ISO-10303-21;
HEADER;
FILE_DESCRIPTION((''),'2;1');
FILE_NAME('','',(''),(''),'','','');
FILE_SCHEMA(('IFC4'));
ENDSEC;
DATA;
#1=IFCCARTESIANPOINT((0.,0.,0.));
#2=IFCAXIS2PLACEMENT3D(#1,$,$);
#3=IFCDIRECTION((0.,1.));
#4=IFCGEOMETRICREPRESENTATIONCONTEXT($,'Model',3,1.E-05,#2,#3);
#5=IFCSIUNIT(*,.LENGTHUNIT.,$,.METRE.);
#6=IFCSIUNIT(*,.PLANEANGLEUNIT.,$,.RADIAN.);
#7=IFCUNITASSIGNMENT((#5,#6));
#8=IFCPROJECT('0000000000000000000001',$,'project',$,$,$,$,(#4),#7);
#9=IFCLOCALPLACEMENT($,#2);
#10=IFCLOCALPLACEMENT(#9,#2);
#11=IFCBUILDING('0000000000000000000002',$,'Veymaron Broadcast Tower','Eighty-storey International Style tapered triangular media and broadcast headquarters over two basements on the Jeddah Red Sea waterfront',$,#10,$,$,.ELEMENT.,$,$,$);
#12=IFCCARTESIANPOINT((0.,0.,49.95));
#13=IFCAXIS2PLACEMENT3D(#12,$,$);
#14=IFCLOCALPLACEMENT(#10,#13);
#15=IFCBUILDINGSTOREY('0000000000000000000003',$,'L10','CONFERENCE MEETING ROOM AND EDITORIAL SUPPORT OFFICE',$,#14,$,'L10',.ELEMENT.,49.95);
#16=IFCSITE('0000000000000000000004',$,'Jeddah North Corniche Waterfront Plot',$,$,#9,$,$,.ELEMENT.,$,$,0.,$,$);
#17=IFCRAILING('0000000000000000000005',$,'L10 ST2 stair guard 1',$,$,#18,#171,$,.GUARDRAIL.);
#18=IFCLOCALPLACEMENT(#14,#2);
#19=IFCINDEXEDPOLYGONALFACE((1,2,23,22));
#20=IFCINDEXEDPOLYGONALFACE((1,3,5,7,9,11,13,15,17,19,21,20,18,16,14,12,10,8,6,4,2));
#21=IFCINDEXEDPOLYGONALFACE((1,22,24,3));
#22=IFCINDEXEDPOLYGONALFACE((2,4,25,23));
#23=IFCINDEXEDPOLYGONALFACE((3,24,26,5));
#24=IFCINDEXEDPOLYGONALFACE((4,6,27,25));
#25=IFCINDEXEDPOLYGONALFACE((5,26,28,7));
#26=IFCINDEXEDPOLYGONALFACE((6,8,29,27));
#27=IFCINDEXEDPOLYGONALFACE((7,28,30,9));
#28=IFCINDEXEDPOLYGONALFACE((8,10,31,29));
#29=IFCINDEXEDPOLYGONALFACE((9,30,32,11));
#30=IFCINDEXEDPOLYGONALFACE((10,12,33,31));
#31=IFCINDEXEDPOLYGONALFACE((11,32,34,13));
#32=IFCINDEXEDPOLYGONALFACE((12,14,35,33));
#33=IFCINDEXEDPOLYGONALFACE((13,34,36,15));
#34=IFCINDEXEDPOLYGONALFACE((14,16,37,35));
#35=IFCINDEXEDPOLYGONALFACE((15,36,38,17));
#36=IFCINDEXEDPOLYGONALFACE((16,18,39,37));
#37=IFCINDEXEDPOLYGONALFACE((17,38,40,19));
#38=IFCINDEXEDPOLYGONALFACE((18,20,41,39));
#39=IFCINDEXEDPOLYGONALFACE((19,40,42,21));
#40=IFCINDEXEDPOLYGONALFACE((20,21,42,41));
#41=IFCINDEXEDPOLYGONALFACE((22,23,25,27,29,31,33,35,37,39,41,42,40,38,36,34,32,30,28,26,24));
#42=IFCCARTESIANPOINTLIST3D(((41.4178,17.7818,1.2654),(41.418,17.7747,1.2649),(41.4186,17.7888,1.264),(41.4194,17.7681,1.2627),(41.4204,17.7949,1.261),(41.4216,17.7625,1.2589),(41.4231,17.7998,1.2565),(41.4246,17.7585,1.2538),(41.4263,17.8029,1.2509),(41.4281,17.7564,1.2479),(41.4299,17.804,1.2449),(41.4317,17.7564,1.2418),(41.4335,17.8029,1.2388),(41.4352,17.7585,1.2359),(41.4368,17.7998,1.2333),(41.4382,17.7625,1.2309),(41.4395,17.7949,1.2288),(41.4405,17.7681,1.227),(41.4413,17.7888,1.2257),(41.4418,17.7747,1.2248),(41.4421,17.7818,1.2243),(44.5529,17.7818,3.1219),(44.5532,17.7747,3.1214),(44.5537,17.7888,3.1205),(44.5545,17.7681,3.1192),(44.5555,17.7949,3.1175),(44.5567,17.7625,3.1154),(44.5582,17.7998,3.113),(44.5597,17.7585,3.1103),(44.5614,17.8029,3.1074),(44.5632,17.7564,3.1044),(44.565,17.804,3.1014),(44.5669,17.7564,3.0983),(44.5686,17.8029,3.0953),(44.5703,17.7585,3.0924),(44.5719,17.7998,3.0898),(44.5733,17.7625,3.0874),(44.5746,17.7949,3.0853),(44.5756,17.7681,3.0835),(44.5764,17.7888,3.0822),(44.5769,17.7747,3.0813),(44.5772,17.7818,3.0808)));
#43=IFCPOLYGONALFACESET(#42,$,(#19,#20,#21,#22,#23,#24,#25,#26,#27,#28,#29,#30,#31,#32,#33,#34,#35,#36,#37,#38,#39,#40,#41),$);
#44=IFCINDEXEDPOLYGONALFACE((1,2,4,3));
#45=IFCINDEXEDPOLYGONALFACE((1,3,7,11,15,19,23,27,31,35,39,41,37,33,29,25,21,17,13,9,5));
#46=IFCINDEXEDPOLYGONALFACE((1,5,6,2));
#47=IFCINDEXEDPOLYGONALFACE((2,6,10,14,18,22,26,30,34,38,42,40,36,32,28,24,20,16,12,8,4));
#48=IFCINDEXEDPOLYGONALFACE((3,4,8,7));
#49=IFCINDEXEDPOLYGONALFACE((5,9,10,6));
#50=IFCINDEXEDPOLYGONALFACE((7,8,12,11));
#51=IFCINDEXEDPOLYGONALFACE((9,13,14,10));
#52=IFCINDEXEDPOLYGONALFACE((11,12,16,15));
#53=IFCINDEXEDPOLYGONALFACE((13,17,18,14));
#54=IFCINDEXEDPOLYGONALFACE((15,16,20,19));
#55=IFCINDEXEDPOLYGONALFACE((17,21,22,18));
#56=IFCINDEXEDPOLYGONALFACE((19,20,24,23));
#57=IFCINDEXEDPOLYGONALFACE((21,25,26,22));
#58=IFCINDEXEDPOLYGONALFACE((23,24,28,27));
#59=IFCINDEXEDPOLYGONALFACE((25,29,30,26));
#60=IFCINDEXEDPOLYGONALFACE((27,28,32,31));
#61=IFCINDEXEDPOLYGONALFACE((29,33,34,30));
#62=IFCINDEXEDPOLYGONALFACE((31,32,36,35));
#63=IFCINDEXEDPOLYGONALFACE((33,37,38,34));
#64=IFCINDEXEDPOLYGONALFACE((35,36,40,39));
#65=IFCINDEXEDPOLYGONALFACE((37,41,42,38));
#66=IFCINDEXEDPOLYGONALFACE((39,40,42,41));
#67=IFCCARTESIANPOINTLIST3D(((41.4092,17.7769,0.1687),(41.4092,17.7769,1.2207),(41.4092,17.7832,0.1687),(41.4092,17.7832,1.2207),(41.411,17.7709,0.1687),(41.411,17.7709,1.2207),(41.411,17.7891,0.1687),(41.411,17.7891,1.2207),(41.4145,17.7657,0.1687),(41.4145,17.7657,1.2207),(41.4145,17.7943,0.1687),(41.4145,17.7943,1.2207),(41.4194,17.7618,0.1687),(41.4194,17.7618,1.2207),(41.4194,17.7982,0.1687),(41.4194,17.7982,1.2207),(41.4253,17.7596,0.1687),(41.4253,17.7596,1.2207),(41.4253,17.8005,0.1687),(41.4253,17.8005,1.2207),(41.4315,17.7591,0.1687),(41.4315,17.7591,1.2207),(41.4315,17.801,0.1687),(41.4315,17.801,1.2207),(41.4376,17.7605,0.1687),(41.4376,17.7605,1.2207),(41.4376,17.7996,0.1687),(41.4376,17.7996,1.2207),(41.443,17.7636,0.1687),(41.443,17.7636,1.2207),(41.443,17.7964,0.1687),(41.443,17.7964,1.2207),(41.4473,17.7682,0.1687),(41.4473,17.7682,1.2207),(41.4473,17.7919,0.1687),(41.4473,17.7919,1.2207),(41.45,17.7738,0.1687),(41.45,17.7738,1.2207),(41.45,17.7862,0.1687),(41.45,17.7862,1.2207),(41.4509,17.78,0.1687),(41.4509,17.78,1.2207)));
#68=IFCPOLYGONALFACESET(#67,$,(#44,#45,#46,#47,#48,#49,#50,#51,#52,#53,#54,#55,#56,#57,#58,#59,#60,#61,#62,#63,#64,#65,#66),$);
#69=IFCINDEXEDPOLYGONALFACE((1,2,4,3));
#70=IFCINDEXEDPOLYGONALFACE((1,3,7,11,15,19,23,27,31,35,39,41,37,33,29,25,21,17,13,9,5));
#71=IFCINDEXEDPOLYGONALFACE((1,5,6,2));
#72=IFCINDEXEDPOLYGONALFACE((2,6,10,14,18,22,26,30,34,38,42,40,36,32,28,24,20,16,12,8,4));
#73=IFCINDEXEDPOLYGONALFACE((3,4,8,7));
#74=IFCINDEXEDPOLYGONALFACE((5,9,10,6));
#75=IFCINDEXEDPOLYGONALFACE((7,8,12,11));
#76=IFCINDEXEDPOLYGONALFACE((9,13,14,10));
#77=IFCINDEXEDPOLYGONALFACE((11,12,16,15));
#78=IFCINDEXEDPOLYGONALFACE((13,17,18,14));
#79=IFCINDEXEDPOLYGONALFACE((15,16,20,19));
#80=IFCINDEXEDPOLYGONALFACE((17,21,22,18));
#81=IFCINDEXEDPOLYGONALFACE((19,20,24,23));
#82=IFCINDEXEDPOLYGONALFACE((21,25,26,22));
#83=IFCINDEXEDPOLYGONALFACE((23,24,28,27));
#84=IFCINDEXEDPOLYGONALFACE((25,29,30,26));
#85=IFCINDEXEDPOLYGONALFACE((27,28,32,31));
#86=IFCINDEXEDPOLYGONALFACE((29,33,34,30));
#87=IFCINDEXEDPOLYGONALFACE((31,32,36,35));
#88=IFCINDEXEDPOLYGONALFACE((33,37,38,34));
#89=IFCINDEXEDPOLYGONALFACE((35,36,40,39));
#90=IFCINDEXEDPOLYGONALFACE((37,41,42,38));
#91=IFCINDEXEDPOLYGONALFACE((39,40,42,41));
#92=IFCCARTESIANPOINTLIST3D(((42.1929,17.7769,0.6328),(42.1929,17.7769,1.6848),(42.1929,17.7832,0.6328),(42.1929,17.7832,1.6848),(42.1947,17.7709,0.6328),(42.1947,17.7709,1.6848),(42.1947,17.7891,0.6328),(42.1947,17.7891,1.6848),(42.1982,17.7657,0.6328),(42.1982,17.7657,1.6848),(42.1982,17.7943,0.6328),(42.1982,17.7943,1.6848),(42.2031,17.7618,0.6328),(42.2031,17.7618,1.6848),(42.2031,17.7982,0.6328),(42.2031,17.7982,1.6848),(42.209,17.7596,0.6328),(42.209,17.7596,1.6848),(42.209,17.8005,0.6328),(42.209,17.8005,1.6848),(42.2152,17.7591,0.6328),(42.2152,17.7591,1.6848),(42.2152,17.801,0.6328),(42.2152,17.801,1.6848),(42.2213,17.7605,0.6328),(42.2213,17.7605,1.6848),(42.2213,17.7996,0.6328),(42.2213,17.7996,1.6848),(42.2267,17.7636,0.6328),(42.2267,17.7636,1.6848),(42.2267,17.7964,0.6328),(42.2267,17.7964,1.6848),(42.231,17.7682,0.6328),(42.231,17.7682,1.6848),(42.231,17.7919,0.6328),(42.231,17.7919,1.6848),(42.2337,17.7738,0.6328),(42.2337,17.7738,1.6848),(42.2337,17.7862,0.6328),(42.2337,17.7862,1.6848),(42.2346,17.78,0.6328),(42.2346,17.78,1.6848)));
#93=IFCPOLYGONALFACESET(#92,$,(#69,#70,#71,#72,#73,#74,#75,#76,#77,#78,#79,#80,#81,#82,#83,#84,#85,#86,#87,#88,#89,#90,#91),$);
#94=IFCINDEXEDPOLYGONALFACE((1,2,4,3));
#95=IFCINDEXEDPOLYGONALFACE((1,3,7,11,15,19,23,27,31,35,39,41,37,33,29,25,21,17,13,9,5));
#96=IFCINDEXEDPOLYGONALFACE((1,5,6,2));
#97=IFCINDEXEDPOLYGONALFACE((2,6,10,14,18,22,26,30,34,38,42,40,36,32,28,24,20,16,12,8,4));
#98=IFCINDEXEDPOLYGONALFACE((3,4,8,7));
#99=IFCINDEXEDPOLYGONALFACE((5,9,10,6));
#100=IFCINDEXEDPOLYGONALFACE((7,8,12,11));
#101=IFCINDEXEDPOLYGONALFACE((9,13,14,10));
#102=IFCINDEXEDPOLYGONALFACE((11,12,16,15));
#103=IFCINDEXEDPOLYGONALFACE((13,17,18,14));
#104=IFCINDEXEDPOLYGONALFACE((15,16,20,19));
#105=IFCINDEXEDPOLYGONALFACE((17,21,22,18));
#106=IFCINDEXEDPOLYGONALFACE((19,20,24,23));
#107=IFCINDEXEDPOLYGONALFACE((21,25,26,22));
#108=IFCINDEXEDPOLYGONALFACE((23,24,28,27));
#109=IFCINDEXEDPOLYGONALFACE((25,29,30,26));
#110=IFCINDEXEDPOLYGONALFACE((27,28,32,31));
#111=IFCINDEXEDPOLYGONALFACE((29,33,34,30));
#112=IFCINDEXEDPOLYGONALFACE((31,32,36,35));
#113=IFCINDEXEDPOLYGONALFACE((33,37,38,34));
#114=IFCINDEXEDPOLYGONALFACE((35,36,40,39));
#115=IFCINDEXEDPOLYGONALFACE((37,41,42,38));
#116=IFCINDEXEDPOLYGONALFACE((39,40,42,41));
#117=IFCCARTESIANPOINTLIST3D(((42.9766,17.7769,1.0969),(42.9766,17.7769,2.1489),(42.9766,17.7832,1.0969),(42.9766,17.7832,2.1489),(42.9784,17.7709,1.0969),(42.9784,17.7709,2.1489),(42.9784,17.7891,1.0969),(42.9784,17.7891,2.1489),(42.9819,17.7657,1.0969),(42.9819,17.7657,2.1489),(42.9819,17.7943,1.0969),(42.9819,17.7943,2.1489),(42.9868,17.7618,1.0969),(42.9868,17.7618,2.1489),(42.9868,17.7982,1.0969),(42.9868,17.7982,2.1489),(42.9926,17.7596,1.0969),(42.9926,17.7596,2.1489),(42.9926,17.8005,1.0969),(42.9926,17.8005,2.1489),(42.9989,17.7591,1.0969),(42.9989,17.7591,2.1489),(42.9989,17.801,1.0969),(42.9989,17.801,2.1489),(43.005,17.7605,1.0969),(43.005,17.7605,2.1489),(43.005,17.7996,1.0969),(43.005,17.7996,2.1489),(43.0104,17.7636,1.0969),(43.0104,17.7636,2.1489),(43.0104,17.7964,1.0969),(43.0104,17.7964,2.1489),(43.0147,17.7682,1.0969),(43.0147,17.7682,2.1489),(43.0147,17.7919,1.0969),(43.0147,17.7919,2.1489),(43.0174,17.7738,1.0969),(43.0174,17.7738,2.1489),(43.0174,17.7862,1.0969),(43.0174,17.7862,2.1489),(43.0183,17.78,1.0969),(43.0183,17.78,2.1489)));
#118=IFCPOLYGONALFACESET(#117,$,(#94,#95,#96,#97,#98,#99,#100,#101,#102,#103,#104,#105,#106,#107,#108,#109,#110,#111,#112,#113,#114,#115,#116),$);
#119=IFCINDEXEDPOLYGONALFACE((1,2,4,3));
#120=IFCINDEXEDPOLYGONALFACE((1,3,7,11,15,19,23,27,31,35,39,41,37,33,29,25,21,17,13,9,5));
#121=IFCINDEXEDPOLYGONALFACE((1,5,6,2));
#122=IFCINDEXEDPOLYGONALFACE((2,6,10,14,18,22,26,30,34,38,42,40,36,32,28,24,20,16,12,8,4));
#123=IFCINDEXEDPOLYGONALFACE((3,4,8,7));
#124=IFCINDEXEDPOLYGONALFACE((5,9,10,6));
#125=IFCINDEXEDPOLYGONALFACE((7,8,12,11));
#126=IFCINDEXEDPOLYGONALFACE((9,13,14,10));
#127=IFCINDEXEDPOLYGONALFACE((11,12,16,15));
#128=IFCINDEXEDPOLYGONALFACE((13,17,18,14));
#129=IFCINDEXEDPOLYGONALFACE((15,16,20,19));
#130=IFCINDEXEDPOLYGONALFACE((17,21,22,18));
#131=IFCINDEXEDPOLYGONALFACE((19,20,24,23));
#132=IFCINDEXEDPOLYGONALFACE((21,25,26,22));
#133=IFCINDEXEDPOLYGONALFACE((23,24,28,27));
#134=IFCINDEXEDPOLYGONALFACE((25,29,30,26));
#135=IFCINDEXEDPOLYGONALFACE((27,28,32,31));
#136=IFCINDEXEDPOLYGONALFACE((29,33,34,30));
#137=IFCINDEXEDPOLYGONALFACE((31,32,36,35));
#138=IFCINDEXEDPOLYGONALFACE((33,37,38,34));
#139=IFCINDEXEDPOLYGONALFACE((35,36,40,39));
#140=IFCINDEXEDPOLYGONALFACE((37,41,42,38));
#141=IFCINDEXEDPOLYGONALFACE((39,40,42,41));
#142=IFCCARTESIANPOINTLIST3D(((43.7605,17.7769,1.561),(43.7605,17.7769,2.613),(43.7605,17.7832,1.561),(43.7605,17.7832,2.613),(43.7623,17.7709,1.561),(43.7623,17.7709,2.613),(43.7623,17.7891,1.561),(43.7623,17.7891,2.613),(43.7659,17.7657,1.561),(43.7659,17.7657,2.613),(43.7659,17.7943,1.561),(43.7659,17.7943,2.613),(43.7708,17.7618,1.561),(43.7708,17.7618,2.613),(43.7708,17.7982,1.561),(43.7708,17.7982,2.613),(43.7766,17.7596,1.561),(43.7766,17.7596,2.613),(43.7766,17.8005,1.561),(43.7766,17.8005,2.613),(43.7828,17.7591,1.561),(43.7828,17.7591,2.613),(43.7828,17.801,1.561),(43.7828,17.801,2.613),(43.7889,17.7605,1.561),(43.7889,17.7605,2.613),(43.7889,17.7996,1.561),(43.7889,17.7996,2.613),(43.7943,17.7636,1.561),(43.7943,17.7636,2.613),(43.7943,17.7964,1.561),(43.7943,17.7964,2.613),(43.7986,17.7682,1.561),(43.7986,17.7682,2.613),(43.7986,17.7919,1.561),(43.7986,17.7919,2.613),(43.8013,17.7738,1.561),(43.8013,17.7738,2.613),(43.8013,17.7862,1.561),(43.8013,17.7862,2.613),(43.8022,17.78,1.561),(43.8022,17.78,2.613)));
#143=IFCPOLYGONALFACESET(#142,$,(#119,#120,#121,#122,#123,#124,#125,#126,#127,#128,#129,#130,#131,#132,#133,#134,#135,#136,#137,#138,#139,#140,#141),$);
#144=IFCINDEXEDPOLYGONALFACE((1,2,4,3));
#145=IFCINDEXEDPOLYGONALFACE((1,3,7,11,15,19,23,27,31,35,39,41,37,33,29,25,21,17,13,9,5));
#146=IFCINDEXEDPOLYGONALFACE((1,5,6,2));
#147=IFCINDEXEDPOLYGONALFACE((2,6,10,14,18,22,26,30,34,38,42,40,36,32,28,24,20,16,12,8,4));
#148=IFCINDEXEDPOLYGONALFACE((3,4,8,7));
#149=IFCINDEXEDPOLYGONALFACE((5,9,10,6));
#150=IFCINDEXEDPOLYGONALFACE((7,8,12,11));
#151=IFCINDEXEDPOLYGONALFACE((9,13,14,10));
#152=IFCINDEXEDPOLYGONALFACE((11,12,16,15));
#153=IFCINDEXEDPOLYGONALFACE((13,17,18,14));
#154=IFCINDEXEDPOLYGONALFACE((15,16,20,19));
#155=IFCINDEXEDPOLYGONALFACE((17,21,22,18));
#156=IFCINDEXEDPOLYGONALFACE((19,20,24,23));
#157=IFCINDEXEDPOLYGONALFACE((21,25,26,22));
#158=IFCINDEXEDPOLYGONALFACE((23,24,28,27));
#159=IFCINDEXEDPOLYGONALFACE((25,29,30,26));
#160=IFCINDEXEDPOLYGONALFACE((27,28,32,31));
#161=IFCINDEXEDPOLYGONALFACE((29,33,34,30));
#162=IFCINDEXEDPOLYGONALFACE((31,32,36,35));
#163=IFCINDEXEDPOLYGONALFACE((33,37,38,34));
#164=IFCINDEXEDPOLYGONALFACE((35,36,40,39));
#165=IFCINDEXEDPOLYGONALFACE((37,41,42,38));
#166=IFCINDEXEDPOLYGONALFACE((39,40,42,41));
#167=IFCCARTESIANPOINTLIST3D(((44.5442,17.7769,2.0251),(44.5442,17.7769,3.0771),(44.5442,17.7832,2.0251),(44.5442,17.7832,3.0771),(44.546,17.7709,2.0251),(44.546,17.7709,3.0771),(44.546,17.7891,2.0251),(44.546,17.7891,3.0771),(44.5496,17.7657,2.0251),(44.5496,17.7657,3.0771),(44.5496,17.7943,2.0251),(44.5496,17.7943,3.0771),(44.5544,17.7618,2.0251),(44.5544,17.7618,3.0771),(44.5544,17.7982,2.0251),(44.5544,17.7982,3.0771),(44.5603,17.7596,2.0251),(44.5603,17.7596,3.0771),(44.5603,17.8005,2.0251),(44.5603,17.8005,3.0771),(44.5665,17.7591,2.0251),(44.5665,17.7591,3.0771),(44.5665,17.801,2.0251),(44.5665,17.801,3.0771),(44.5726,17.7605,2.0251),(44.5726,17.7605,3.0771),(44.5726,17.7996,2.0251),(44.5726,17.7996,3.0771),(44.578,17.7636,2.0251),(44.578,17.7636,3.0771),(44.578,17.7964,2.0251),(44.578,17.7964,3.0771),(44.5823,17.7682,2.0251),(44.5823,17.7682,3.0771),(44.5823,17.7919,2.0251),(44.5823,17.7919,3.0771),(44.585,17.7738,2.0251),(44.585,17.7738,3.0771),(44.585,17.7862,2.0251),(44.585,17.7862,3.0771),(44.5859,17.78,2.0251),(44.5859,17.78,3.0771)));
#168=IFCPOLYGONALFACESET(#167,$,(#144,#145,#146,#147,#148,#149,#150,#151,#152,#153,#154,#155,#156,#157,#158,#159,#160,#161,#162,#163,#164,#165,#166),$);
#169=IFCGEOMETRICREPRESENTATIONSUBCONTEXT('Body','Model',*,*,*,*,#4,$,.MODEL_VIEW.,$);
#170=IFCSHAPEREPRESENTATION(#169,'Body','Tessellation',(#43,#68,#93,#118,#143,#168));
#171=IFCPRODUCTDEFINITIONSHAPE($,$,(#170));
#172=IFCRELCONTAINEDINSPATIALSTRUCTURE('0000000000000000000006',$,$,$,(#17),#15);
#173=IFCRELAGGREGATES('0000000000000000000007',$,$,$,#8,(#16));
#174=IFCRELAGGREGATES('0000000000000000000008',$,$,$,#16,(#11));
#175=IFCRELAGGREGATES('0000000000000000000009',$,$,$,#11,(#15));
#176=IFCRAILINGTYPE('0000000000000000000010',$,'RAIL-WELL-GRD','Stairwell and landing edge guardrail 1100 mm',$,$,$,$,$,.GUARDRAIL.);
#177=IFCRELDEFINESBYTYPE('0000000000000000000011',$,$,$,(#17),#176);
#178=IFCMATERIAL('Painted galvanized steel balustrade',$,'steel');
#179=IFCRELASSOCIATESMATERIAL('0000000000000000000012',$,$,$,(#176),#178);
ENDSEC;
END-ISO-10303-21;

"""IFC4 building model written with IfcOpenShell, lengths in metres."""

from ifc_helpers import new_model, si_unit, direction, frame, origin, origin_2d, place, context, subcontext, project, spatial, circle, extrude, material, type_object, element, save


model = new_model("IFC4")

# Units and contexts
model_context = context("Model", 3, precision=1e-05, world=origin(), true_north=direction((0.0, 1.0)))
body_context = subcontext(model_context, "Body", "Model", "MODEL_VIEW")
ifc_project = project(units=[si_unit("LENGTHUNIT", "METRE"), si_unit("PLANEANGLEUNIT", "RADIAN")], contexts=[model_context])

# Site, building, storey
site_placement = place(None, origin())
site = spatial("IfcSite", under=ifc_project, at=site_placement, Name="Jeddah North Corniche Waterfront Plot", CompositionType="ELEMENT", RefElevation=0.0)
building_placement = place(site_placement, origin())
building = spatial("IfcBuilding", under=site, at=building_placement, Name="Veymaron Broadcast Tower", Description="Eighty-storey International Style tapered triangular media and broadcast headquarters over two basements on the Jeddah Red Sea waterfront", CompositionType="ELEMENT")
storey_placement = place(building_placement, frame((0.0, 0.0, 49.95)))
storey = spatial("IfcBuildingStorey", under=building, at=storey_placement, Name="L10", Description="CONFERENCE MEETING ROOM AND EDITORIAL SUPPORT OFFICE", LongName="L10", CompositionType="ELEMENT", Elevation=49.95)

# Railing
ifc_material_1 = material(Name="Painted galvanized steel balustrade", Category="steel")
railing_type_1 = type_object("IfcRailingType", Name="RAIL-WELL-GRD", Description="Stairwell and landing edge guardrail 1100 mm", PredefinedType="GUARDRAIL", material=ifc_material_1)
railing_1_placement = place(storey_placement, frame((41.4299, 17.78, 0.1687)))
element("IfcRailing", 1, at=railing_1_placement, inside=storey, type_object=railing_type_1, Name="L10 ST2 stair guard 1", PredefinedType="GUARDRAIL", context=body_context, shape_type="SweptSolid", body=[
    extrude(circle(Radius=0.0239, at=origin_2d()), frame((0.0, 0.0, 1.0762), z_axis=(0.860453, 0.0, 0.509531), x_axis=(0.0, 1.0, 0.0)), (0.0, 0.0, 1.0), 3.6436),
    extrude(circle(Radius=0.021, at=origin_2d()), origin(), (0.0, 0.0, 1.0), 1.052),
    extrude(circle(Radius=0.021, at=origin_2d()), frame((0.7837, 0.0, 0.4641)), (0.0, 0.0, 1.0), 1.052),
    extrude(circle(Radius=0.021, at=origin_2d()), frame((1.5674, 0.0, 0.9282)), (0.0, 0.0, 1.0), 1.052),
    extrude(circle(Radius=0.021, at=origin_2d()), frame((2.3513, 0.0, 1.3923)), (0.0, 0.0, 1.0), 1.052),
    extrude(circle(Radius=0.021, at=origin_2d()), frame((3.135, 0.0, 1.8564)), (0.0, 0.0, 1.0), 1.052),
])

save(model, "model.ifc")
